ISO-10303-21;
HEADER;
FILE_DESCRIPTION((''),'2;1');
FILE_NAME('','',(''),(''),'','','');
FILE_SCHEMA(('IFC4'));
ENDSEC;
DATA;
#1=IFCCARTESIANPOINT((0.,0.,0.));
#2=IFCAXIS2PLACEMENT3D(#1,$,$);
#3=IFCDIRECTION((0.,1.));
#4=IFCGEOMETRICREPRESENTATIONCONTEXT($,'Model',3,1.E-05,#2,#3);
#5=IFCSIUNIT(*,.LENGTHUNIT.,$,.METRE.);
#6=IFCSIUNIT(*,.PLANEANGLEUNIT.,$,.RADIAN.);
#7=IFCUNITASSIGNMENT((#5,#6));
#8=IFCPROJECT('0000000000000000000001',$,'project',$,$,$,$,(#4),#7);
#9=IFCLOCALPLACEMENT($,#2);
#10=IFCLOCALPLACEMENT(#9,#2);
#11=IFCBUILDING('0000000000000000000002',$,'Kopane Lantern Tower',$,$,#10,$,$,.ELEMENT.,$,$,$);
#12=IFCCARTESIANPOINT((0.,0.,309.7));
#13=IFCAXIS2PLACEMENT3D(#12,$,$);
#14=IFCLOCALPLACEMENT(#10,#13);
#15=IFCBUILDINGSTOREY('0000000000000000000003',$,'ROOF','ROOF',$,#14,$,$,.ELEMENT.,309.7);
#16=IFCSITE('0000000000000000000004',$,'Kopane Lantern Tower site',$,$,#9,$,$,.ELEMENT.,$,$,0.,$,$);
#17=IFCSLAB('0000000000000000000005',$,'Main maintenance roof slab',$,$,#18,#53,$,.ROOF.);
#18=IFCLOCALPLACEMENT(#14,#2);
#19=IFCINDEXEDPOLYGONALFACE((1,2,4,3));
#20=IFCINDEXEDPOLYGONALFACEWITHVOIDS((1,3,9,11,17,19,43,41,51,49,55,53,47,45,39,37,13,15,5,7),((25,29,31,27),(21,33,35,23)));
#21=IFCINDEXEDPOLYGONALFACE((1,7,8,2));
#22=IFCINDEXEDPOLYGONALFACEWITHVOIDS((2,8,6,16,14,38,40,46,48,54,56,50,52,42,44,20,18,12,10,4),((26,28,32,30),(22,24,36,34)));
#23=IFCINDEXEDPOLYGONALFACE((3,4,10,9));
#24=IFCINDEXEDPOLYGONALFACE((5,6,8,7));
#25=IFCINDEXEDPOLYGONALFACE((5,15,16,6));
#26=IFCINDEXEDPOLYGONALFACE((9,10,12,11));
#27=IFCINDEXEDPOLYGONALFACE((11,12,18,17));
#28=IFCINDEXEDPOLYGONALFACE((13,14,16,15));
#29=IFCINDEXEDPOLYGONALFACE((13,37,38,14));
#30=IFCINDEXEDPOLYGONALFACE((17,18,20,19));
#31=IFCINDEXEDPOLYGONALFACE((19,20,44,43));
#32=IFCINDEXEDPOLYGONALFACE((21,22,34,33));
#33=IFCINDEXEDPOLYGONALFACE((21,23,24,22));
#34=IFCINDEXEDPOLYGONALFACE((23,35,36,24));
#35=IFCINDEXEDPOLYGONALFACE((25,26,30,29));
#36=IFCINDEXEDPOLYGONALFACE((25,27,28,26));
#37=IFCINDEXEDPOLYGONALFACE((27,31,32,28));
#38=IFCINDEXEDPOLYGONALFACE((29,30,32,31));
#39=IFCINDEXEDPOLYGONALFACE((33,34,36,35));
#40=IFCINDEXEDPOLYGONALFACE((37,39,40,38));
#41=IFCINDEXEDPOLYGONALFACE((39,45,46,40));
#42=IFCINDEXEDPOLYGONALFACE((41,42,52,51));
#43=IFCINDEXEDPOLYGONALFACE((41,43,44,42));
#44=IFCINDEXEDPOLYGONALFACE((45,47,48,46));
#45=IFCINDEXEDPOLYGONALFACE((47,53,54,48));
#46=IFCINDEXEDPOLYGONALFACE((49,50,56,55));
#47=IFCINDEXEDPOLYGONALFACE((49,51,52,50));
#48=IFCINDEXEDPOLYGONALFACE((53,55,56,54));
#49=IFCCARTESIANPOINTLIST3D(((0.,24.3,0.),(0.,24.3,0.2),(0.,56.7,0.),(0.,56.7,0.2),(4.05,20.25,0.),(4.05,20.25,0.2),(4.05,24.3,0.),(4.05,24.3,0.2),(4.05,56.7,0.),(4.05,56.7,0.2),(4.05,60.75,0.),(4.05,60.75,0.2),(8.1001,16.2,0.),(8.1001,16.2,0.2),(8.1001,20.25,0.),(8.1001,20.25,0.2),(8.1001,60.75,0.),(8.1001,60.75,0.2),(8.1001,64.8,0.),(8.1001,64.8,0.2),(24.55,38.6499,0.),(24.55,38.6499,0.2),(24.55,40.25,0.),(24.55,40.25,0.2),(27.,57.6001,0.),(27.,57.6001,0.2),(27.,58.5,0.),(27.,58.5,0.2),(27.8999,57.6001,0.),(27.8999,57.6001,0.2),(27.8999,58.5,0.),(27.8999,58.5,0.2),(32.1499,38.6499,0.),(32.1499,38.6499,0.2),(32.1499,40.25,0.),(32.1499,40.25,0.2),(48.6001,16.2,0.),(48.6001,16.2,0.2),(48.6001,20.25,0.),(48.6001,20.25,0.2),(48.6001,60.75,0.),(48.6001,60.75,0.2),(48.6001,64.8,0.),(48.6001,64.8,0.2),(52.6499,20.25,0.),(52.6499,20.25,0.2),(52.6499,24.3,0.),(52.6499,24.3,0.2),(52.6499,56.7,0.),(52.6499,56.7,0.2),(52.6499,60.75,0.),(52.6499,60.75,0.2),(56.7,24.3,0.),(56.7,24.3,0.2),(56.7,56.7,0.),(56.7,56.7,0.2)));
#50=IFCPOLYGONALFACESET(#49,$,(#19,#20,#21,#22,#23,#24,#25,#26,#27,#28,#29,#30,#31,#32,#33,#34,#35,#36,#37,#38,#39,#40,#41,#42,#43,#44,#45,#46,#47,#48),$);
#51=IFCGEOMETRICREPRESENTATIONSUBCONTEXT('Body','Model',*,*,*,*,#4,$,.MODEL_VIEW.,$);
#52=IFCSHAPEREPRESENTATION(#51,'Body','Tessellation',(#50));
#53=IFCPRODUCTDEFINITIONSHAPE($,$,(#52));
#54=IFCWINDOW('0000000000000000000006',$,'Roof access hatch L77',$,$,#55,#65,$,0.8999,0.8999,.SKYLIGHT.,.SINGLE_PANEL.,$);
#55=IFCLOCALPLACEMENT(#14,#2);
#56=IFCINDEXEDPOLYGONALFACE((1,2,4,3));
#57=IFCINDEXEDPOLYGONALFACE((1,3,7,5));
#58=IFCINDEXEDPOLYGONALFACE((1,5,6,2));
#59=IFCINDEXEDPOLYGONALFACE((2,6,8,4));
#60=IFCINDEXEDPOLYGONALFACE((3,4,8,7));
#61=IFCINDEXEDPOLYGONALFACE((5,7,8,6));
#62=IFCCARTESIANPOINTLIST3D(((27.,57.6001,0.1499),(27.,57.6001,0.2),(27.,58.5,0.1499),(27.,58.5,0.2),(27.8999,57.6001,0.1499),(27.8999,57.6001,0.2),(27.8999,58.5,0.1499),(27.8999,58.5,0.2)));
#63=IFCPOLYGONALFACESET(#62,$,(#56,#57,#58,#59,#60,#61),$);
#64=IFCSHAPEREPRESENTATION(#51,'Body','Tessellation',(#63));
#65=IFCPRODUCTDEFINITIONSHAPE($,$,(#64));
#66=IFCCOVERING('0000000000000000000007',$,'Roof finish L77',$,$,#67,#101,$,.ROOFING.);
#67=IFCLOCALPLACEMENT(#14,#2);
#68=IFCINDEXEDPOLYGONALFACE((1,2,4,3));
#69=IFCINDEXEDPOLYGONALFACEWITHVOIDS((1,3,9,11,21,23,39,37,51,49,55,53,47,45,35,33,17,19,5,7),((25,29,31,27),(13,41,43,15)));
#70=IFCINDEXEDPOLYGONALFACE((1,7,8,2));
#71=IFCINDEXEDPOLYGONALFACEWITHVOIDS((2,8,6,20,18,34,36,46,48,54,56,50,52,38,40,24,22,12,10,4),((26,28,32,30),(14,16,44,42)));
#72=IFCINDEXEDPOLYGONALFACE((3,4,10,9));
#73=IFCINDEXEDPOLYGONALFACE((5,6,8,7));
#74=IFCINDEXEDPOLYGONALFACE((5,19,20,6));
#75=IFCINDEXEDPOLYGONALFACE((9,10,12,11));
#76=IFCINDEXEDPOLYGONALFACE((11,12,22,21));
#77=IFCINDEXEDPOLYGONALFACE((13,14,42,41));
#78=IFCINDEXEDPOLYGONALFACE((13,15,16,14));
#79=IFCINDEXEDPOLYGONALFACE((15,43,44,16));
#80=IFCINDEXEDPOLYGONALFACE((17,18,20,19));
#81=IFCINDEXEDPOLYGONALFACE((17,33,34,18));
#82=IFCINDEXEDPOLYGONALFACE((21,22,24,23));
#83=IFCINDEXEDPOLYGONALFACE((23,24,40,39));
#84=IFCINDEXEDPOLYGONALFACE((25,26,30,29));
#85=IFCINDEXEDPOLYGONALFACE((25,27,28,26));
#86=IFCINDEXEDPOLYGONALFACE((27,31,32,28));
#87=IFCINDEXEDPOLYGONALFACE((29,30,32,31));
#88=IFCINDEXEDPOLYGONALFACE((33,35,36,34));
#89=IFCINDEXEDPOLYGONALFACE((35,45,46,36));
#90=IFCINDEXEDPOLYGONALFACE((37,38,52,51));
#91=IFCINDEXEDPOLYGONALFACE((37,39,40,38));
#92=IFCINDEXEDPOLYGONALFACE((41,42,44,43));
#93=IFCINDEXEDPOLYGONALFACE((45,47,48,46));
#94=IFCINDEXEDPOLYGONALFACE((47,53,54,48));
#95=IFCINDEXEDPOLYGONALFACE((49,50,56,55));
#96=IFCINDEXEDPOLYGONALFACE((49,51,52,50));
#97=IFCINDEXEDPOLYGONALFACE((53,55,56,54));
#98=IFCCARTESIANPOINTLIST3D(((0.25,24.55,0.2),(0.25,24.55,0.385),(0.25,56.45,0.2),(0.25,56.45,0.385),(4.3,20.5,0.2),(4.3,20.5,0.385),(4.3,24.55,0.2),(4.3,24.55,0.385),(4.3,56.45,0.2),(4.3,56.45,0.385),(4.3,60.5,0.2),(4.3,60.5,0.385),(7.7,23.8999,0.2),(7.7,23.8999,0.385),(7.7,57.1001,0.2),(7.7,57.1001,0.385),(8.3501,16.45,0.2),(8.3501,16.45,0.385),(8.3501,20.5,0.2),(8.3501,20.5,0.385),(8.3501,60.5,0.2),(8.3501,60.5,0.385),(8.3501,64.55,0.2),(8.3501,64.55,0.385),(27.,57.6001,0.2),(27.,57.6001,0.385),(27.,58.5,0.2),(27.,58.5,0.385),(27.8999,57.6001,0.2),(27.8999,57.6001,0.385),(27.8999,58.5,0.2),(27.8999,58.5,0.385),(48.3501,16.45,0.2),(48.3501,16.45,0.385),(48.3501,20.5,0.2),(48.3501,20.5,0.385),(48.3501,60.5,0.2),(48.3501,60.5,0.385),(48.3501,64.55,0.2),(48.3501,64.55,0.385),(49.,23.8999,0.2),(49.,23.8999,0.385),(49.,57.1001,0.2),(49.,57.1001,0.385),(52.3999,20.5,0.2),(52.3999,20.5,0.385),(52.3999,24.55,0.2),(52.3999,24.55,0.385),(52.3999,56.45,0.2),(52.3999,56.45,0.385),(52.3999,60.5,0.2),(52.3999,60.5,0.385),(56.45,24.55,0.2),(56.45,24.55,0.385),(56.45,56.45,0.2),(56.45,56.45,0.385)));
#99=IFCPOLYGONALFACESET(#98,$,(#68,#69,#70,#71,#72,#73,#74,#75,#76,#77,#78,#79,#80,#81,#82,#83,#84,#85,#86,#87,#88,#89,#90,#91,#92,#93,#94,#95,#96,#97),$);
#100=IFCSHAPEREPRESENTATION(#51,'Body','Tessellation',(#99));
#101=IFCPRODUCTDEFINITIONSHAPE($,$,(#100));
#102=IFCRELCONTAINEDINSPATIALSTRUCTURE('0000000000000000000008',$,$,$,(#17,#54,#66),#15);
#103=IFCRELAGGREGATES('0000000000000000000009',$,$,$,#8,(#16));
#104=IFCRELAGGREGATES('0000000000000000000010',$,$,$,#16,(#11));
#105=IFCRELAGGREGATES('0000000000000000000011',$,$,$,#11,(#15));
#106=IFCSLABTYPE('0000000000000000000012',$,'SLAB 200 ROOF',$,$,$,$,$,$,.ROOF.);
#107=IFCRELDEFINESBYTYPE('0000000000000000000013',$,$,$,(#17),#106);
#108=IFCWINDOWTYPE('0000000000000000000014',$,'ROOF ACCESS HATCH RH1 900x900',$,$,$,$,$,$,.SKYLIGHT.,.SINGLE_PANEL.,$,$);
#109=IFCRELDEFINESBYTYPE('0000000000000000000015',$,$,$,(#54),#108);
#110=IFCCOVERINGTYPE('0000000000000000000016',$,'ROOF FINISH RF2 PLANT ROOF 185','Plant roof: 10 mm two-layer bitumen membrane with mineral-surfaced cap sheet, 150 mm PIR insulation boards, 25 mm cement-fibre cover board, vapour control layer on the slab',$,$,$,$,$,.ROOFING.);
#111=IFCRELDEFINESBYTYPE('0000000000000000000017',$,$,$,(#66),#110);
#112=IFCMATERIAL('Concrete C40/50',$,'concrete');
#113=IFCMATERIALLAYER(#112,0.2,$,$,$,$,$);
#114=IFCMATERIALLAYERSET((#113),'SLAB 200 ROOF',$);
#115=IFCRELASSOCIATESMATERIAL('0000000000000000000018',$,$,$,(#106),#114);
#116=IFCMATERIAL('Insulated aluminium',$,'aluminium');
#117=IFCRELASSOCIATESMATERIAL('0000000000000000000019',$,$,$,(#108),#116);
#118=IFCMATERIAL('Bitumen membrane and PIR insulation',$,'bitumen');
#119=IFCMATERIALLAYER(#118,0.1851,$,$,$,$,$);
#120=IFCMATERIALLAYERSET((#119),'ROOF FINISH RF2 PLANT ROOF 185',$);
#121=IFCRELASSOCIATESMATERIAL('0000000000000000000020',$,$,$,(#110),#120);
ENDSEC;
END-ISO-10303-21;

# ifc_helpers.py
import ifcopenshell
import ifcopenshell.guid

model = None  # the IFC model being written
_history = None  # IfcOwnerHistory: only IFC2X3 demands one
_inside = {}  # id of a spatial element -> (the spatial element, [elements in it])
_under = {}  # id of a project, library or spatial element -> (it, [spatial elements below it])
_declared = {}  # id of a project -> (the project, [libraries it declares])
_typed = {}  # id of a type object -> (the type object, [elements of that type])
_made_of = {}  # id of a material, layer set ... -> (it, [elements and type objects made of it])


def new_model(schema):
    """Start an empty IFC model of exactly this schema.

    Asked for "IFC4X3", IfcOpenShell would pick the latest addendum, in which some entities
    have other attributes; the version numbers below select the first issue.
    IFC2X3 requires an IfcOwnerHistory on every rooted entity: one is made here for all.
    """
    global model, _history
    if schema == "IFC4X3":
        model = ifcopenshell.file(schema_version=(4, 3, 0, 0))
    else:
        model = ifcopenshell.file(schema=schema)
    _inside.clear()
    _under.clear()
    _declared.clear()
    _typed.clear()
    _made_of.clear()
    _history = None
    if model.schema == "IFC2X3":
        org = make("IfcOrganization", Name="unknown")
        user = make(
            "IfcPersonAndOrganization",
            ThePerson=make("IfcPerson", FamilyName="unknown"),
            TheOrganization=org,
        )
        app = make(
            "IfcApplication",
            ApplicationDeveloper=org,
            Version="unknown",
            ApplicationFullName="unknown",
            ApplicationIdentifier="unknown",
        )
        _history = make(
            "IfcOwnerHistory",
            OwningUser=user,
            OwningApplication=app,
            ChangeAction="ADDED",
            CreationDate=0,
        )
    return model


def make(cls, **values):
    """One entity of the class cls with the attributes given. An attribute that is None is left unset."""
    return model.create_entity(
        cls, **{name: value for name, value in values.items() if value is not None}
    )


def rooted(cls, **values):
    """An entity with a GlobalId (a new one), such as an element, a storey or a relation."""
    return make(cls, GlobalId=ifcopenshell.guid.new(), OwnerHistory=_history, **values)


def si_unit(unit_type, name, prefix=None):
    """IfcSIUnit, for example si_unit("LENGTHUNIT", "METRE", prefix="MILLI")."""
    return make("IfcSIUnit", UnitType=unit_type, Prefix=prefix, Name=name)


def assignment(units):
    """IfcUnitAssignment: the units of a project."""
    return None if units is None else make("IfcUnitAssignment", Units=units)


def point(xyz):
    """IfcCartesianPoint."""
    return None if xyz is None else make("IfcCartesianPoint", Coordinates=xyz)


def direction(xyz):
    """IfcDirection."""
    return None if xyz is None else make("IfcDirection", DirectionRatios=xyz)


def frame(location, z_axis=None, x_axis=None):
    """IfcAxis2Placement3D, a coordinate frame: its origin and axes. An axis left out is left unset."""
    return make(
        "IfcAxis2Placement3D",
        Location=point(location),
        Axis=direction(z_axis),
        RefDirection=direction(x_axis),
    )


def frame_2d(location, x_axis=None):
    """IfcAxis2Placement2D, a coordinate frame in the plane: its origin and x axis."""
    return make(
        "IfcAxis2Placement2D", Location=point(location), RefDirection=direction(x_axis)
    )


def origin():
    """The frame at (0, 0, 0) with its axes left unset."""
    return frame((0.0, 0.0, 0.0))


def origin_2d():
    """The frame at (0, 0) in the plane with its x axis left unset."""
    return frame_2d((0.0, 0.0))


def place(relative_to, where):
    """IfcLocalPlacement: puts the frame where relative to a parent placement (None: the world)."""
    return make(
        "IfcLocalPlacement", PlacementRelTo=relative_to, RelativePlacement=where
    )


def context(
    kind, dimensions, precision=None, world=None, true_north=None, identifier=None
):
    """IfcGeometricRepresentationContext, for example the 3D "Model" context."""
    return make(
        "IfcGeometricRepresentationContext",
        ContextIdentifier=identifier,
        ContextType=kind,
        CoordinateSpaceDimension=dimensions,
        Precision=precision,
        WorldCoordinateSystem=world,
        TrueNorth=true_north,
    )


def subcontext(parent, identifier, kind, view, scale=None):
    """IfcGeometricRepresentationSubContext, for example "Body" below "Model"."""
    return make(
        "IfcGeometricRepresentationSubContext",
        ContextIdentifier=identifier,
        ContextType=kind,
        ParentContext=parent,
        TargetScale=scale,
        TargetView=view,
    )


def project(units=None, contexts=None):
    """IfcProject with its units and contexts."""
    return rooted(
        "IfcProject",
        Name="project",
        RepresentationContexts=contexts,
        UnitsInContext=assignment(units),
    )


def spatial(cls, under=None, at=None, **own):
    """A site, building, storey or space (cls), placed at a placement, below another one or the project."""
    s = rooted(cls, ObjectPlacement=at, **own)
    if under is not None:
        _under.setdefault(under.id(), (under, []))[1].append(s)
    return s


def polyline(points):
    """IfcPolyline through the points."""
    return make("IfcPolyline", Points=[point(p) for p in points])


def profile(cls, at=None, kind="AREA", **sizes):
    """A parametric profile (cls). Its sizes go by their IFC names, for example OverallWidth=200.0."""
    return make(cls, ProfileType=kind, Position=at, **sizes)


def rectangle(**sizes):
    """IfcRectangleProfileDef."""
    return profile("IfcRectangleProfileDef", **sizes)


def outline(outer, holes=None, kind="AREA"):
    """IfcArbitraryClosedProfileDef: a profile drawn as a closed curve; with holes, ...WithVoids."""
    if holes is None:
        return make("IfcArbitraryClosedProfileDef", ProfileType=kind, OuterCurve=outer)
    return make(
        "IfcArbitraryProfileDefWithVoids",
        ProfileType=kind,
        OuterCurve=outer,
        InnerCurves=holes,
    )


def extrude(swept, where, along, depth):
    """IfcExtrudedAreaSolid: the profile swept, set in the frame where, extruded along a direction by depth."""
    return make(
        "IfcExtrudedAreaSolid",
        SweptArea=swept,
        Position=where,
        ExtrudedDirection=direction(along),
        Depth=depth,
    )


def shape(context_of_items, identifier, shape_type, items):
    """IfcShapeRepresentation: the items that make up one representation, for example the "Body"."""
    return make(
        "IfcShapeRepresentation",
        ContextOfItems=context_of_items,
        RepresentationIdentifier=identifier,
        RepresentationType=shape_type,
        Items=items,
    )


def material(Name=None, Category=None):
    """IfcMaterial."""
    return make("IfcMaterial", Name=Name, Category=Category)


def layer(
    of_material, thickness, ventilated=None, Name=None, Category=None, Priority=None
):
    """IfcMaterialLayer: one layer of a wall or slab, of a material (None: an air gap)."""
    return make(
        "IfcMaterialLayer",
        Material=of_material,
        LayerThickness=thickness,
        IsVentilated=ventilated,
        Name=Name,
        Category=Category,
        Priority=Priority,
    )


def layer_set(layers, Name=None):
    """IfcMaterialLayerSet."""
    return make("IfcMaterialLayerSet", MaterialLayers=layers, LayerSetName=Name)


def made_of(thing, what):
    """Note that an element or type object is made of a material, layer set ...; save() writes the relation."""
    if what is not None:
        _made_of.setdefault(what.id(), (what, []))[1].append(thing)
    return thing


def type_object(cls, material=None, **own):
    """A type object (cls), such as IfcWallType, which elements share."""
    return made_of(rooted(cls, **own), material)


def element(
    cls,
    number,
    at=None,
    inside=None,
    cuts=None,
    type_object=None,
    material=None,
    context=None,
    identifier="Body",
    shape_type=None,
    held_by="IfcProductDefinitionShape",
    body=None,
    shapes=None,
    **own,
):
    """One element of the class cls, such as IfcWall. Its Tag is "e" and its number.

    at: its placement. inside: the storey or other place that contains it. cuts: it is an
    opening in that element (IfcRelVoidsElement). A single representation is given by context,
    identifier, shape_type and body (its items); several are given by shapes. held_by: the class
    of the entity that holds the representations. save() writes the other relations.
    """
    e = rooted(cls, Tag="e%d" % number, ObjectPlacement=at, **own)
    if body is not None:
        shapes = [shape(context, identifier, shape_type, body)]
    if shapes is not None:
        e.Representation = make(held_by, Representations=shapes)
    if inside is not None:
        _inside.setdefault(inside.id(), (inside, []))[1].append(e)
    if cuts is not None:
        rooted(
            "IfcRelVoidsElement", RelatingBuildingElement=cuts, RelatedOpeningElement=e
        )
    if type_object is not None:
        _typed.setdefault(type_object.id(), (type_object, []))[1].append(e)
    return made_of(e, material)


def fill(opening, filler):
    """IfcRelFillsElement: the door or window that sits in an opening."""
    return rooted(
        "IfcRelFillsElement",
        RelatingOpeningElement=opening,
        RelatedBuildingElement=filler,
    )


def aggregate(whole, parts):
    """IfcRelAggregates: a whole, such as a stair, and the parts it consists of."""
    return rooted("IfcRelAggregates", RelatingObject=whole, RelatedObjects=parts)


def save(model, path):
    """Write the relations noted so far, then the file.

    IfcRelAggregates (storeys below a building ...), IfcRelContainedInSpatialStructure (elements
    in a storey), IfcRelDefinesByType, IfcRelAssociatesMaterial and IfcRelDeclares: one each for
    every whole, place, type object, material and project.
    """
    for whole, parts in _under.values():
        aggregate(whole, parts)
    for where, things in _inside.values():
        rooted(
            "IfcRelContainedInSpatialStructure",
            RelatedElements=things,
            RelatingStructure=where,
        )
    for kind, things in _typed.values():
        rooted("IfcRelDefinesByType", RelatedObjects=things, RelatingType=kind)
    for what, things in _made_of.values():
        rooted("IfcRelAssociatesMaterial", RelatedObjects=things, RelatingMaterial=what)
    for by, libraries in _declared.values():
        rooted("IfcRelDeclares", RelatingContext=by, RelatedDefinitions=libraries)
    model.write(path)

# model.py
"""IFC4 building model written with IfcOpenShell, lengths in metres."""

from ifc_helpers import new_model, si_unit, direction, frame, origin, origin_2d, place, context, subcontext, project, spatial, polyline, rectangle, outline, extrude, material, layer, layer_set, type_object, element, fill, save


model = new_model("IFC4")

# Units and contexts
model_context = context("Model", 3, precision=1e-05, world=origin(), true_north=direction((0.0, 1.0)))
body_context = subcontext(model_context, "Body", "Model", "MODEL_VIEW")
ifc_project = project(units=[si_unit("LENGTHUNIT", "METRE"), si_unit("PLANEANGLEUNIT", "RADIAN")], contexts=[model_context])

# Site, building, storey
site_placement = place(None, origin())
site = spatial("IfcSite", under=ifc_project, at=site_placement, Name="Kopane Lantern Tower site", CompositionType="ELEMENT", RefElevation=0.0)
building_placement = place(site_placement, origin())
building = spatial("IfcBuilding", under=site, at=building_placement, Name="Kopane Lantern Tower", CompositionType="ELEMENT")
storey_placement = place(building_placement, frame((0.0, 0.0, 309.7)))
storey = spatial("IfcBuildingStorey", under=building, at=storey_placement, Name="ROOF", Description="ROOF", CompositionType="ELEMENT", Elevation=309.7)

# Slab, opening, window
ifc_material_1 = material(Name="Concrete C40/50", Category="concrete")
ifc_layer_1 = layer(ifc_material_1, 0.2)
ifc_layer_set_1 = layer_set([ifc_layer_1], Name="SLAB 200 ROOF")
slab_type = type_object("IfcSlabType", Name="SLAB 200 ROOF", PredefinedType="ROOF", material=ifc_layer_set_1)
slab_placement = place(storey_placement, origin())
slab = element("IfcSlab", 1, at=slab_placement, inside=storey, type_object=slab_type, Name="Main maintenance roof slab", PredefinedType="ROOF", context=body_context, shape_type="SweptSolid", body=[
    extrude(outline(polyline([(8.1001, 16.2), (48.6001, 16.2), (48.6001, 20.25), (52.6499, 20.25), (52.6499, 24.3), (56.7, 24.3), (56.7, 56.7), (52.6499, 56.7), (52.6499, 60.75), (48.6001, 60.75), (48.6001, 64.8), (8.1001, 64.8), (8.1001, 60.75), (4.05, 60.75), (4.05, 56.7), (0.0, 56.7), (0.0, 24.3), (4.05, 24.3), (4.05, 20.25), (8.1001, 20.25), (8.1001, 16.2)]), holes=[polyline([(24.55, 38.6499), (32.1499, 38.6499), (32.1499, 40.25), (24.55, 40.25), (24.55, 38.6499)])]), origin(), (0.0, 0.0, 1.0), 0.2),
])
opening_placement = place(slab_placement, frame((27.45, 58.05, 0.0)))
opening = element("IfcOpeningElement", 2, at=opening_placement, cuts=slab, PredefinedType="OPENING", context=body_context, shape_type="SweptSolid", body=[
    extrude(rectangle(XDim=0.8999, YDim=0.8999, at=origin_2d()), origin(), (0.0, 0.0, 1.0), 0.2),
])
ifc_material_2 = material(Name="Insulated aluminium", Category="aluminium")
window_type = type_object("IfcWindowType", Name="ROOF ACCESS HATCH RH1 900x900", PartitioningType="SINGLE_PANEL", PredefinedType="SKYLIGHT", material=ifc_material_2)
window_placement = place(opening_placement, frame((0.0, 0.0, 0.1499)))
window = element("IfcWindow", 3, at=window_placement, inside=storey, type_object=window_type, Name="Roof access hatch L77", OverallHeight=0.8999, OverallWidth=0.8999, PartitioningType="SINGLE_PANEL", PredefinedType="SKYLIGHT", context=body_context, shape_type="SweptSolid", body=[
    extrude(rectangle(XDim=0.8999, YDim=0.8999, at=origin_2d()), origin(), (0.0, 0.0, 1.0), 0.05),
])
fill(opening, window)

# Covering
ifc_material_3 = material(Name="Bitumen membrane and PIR insulation", Category="bitumen")
ifc_layer_2 = layer(ifc_material_3, 0.1851)
ifc_layer_set_2 = layer_set([ifc_layer_2], Name="ROOF FINISH RF2 PLANT ROOF 185")
covering_type = type_object("IfcCoveringType", Name="ROOF FINISH RF2 PLANT ROOF 185", Description="Plant roof: 10 mm two-layer bitumen membrane with mineral-surfaced cap sheet, 150 mm PIR insulation boards, 25 mm cement-fibre cover board, vapour control layer on the slab", PredefinedType="ROOFING", material=ifc_layer_set_2)
covering_placement = place(storey_placement, frame((0.0, 0.0, 0.2)))
element("IfcCovering", 4, at=covering_placement, inside=storey, type_object=covering_type, Name="Roof finish L77", PredefinedType="ROOFING", context=body_context, shape_type="SweptSolid", body=[
    extrude(outline(polyline([(48.3501, 64.55), (8.3501, 64.55), (8.3501, 60.5), (4.3, 60.5), (4.3, 56.45), (0.25, 56.45), (0.25, 24.55), (4.3, 24.55), (4.3, 20.5), (8.3501, 20.5), (8.3501, 16.45), (48.3501, 16.45), (48.3501, 20.5), (52.3999, 20.5), (52.3999, 24.55), (56.45, 24.55), (56.45, 56.45), (52.3999, 56.45), (52.3999, 60.5), (48.3501, 60.5), (48.3501, 64.55)]), holes=[polyline([(27.8999, 57.6001), (27.0, 57.6001), (27.0, 58.5), (27.8999, 58.5), (27.8999, 57.6001)]), polyline([(49.0, 57.1001), (49.0, 23.8999), (7.7, 23.8999), (7.7, 57.1001), (49.0, 57.1001)])]), origin(), (0.0, 0.0, 1.0), 0.1851),
])

save(model, "model.ifc")
